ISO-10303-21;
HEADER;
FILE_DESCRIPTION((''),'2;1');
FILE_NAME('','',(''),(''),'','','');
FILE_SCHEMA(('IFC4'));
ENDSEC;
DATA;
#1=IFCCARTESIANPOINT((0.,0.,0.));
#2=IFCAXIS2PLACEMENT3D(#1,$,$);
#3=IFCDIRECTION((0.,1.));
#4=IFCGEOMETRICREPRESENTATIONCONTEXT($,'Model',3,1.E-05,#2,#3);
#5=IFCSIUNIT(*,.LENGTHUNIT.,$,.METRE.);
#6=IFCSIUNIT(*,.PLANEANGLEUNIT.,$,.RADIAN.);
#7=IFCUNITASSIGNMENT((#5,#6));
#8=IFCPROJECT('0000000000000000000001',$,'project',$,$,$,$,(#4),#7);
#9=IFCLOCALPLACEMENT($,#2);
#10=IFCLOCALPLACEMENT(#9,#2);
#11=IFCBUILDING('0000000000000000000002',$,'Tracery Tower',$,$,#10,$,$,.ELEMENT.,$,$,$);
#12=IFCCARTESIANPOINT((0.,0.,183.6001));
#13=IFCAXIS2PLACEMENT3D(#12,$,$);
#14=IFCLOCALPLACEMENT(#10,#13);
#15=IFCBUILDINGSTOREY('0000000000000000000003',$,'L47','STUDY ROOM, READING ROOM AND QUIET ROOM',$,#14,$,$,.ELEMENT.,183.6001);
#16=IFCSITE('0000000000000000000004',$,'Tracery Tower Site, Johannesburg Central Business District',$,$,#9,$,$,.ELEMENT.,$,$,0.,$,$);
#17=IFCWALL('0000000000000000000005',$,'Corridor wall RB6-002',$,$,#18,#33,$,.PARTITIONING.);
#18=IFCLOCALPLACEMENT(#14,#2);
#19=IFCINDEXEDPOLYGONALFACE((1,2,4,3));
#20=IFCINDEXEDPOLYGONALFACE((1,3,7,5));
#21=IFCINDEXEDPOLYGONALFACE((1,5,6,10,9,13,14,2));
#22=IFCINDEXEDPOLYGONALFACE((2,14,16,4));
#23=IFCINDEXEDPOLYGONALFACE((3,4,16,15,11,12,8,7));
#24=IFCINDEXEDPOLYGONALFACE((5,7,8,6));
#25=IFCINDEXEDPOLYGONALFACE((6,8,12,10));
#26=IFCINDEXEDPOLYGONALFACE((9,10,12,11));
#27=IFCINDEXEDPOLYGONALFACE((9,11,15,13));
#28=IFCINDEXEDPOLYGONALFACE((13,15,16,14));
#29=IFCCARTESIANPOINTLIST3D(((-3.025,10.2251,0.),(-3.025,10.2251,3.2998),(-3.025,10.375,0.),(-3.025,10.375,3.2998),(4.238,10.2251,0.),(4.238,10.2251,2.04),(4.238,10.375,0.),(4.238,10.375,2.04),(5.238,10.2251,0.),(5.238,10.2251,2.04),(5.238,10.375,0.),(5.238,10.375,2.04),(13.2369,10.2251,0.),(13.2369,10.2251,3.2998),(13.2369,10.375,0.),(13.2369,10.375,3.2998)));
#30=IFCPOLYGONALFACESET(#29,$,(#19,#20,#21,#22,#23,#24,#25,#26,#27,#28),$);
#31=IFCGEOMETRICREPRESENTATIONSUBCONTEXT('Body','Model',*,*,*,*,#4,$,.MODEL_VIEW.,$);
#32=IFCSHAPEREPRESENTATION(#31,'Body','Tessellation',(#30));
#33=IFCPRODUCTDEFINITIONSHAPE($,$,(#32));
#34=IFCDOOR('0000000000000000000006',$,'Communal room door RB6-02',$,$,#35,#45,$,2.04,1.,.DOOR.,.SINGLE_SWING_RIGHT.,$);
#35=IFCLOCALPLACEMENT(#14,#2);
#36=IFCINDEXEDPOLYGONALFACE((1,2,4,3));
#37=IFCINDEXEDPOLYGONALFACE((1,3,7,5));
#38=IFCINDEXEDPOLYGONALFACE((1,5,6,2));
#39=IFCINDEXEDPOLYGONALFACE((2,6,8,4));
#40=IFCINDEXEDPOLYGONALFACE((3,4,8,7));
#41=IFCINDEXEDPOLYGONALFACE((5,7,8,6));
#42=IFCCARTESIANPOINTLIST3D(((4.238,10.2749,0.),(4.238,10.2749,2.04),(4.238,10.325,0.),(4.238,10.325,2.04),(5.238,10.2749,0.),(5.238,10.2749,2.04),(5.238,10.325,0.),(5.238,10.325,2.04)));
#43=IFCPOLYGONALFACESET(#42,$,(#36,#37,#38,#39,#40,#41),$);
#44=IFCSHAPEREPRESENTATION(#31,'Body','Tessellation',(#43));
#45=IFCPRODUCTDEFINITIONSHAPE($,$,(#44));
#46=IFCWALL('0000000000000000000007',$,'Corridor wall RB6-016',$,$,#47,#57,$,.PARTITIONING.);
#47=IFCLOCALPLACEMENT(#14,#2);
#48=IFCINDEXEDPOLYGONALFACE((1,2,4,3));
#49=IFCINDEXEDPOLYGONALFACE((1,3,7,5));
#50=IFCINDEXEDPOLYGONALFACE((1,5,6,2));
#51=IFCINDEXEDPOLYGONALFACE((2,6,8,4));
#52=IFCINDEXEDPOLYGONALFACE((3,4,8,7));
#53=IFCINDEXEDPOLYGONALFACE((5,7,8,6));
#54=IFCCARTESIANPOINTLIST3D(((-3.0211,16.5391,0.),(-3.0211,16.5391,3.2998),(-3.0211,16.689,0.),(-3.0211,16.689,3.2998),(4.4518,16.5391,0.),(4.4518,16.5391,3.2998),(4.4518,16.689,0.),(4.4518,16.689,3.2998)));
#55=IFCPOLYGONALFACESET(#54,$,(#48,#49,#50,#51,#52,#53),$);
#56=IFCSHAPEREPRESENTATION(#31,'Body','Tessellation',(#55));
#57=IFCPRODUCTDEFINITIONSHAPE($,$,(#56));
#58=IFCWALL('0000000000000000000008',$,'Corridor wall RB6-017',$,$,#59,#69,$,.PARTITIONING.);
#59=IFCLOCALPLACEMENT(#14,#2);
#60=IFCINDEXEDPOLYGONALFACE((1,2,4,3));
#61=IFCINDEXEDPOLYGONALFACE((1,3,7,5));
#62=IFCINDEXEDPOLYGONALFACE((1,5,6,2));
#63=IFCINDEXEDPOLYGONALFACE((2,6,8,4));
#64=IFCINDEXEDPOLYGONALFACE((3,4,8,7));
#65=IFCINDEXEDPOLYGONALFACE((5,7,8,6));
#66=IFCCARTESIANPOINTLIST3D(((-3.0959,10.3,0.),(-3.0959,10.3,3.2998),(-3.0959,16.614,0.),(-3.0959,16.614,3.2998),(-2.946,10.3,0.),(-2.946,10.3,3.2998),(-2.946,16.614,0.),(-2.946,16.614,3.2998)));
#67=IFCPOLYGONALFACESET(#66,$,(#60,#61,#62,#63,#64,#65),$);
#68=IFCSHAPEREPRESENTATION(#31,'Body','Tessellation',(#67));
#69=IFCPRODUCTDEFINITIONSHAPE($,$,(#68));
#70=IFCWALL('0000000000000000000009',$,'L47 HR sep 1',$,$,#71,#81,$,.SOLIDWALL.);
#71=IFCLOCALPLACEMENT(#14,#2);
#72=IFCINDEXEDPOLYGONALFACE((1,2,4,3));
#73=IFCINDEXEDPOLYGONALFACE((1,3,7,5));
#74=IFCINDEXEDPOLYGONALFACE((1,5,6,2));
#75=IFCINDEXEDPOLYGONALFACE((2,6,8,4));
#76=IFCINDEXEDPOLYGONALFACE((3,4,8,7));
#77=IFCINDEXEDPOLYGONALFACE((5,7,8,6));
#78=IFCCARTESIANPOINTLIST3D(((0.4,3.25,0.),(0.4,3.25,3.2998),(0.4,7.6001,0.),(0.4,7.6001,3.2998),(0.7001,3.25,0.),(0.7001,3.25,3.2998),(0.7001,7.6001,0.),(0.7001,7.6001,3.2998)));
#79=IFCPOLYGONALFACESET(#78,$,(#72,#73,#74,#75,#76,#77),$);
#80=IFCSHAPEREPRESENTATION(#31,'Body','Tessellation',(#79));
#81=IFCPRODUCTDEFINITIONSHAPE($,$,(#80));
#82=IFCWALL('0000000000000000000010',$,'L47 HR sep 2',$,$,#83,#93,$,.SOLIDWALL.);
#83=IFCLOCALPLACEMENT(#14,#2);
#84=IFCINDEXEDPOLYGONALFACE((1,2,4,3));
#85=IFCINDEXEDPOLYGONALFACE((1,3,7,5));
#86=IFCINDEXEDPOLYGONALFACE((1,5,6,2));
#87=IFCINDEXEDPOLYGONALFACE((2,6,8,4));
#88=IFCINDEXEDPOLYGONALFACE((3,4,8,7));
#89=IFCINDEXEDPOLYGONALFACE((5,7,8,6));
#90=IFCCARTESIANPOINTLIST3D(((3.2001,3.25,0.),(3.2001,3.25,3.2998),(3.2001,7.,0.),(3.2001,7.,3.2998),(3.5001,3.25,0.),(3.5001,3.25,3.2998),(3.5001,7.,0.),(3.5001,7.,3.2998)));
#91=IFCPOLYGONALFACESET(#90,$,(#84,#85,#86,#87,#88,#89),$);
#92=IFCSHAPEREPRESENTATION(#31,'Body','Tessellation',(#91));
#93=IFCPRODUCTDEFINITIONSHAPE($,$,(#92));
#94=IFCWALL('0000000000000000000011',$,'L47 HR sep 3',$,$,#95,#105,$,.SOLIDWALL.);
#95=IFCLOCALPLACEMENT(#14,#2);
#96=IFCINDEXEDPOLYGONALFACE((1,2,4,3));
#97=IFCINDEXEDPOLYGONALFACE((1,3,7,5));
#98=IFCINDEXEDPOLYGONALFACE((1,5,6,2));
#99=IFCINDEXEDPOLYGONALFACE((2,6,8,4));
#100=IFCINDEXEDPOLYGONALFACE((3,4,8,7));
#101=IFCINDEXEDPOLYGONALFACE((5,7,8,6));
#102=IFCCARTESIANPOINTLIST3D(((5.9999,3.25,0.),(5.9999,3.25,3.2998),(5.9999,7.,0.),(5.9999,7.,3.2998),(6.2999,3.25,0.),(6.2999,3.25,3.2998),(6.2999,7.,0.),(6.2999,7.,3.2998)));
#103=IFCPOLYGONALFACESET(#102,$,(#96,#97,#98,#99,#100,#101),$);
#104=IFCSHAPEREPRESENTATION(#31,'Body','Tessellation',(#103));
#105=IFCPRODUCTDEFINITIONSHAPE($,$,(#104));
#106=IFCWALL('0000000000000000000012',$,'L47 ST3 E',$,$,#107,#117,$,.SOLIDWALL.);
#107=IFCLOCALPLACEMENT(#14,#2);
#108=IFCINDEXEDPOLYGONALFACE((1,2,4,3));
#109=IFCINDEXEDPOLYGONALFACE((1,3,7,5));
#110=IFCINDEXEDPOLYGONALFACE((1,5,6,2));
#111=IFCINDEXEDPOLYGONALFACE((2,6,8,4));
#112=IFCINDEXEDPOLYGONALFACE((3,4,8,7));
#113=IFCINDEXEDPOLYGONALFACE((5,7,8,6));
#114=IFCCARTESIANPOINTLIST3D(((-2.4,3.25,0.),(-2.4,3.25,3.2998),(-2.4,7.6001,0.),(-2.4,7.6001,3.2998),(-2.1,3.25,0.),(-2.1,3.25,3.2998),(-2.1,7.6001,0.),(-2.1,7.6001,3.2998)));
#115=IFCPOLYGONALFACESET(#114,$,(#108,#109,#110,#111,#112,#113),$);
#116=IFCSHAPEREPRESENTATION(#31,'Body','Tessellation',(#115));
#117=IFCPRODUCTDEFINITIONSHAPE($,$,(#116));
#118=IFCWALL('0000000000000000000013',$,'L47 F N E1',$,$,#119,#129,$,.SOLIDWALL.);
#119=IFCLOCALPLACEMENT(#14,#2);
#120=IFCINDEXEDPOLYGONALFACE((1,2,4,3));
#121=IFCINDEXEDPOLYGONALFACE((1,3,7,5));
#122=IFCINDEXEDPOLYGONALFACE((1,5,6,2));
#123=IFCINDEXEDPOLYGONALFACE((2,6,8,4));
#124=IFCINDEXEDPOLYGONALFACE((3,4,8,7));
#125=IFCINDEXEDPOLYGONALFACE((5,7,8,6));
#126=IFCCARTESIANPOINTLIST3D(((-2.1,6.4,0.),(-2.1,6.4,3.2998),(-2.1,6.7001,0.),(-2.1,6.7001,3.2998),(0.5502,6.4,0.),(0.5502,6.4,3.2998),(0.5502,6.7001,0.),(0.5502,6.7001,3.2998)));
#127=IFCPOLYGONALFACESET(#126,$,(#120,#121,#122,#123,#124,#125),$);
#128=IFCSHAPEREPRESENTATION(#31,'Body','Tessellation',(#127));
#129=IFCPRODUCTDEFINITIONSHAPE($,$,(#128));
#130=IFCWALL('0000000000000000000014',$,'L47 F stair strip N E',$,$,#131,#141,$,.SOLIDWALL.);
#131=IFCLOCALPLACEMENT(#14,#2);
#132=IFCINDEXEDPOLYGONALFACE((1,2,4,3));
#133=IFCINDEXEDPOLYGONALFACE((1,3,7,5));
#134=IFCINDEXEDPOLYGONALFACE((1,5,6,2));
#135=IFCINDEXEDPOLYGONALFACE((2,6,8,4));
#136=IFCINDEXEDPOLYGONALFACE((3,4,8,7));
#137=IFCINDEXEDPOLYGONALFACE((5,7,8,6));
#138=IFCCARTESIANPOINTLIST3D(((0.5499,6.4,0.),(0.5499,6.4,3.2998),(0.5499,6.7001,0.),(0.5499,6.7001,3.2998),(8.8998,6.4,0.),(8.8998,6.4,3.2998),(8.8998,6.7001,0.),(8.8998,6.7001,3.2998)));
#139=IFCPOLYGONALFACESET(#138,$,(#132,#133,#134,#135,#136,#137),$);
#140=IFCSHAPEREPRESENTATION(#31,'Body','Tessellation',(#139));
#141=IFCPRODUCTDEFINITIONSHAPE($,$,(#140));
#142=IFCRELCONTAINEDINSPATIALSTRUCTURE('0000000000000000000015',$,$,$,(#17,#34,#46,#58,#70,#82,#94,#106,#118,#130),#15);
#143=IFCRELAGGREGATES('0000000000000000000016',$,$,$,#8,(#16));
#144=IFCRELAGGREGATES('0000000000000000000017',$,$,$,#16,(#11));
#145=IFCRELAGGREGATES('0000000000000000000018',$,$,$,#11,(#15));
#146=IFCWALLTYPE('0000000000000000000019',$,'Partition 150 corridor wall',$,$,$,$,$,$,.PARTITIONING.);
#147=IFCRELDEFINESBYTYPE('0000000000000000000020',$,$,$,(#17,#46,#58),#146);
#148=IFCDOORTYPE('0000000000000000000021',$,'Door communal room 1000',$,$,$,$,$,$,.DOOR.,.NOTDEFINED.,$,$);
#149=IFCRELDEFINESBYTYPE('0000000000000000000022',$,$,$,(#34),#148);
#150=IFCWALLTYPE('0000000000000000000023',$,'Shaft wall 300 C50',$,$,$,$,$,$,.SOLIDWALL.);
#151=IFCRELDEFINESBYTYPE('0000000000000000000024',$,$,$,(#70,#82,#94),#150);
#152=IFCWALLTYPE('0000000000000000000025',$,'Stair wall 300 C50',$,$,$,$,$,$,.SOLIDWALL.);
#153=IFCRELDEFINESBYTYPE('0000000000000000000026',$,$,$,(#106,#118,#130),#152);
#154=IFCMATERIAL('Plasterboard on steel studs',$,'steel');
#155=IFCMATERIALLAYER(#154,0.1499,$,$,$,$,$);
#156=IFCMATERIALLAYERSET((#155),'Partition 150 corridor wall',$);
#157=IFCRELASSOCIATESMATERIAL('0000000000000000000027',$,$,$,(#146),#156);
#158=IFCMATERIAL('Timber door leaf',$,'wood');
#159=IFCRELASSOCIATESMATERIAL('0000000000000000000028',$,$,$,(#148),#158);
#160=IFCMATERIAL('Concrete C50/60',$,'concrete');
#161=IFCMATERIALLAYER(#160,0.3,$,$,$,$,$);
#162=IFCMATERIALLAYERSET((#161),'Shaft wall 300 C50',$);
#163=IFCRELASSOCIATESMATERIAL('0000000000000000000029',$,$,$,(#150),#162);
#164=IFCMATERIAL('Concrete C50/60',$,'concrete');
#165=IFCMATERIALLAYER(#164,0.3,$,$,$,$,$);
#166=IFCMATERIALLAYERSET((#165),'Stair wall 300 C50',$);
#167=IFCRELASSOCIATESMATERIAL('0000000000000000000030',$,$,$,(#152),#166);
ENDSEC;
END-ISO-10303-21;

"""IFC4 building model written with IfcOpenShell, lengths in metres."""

from ifc_helpers import new_model, si_unit, direction, frame, frame_2d, origin, place, context, subcontext, project, spatial, rectangle, extrude, material, layer, layer_set, type_object, element, fill, save


model = new_model("IFC4")

# Units and contexts
model_context = context("Model", 3, precision=1e-05, world=origin(), true_north=direction((0.0, 1.0)))
body_context = subcontext(model_context, "Body", "Model", "MODEL_VIEW")
ifc_project = project(units=[si_unit("LENGTHUNIT", "METRE"), si_unit("PLANEANGLEUNIT", "RADIAN")], contexts=[model_context])

# Site, building, storey
site_placement = place(None, origin())
site = spatial("IfcSite", under=ifc_project, at=site_placement, Name="Tracery Tower Site, Johannesburg Central Business District", CompositionType="ELEMENT", RefElevation=0.0)
building_placement = place(site_placement, origin())
building = spatial("IfcBuilding", under=site, at=building_placement, Name="Tracery Tower", CompositionType="ELEMENT")
storey_placement = place(building_placement, frame((0.0, 0.0, 183.6001)))
storey = spatial("IfcBuildingStorey", under=building, at=storey_placement, Name="L47", Description="STUDY ROOM, READING ROOM AND QUIET ROOM", CompositionType="ELEMENT", Elevation=183.6001)

# Wall, opening, door
ifc_material_1 = material(Name="Plasterboard on steel studs", Category="steel")
ifc_layer_1 = layer(ifc_material_1, 0.1499)
ifc_layer_set_1 = layer_set([ifc_layer_1], Name="Partition 150 corridor wall")
wall_type_1 = type_object("IfcWallType", Name="Partition 150 corridor wall", PredefinedType="PARTITIONING", material=ifc_layer_set_1)
wall_1_placement = place(storey_placement, frame((-3.0249, 10.3, 0.0), z_axis=(0.0, 0.0, 1.0), x_axis=(1.0, 0.0, 0.0)))
wall_1 = element("IfcWall", 1, at=wall_1_placement, inside=storey, type_object=wall_type_1, Name="Corridor wall RB6-002", PredefinedType="PARTITIONING", context=body_context, shape_type="SweptSolid", body=[
    extrude(rectangle(XDim=16.262, YDim=0.1499, at=frame_2d((8.1309, 0.0))), origin(), (0.0, 0.0, 1.0), 3.2998),
])
opening_1_placement = place(wall_1_placement, frame((7.2629, 0.0, 0.0)))
opening_1 = element("IfcOpeningElement", 2, at=opening_1_placement, cuts=wall_1, PredefinedType="OPENING", context=body_context, shape_type="SweptSolid", body=[
    extrude(rectangle(XDim=1.0, YDim=2.04, at=frame_2d((0.5, 1.02))), frame((0.0, 0.075, 0.0), z_axis=(0.0, -1.0, 0.0), x_axis=(1.0, 0.0, 0.0)), (0.0, 0.0, 1.0), 0.1499),
])
ifc_material_2 = material(Name="Timber door leaf", Category="wood")
door_type_1 = type_object("IfcDoorType", Name="Door communal room 1000", OperationType="NOTDEFINED", PredefinedType="DOOR", material=ifc_material_2)
door_1_placement = place(opening_1_placement, origin())
door_1 = element("IfcDoor", 3, at=door_1_placement, inside=storey, type_object=door_type_1, Name="Communal room door RB6-02", OperationType="SINGLE_SWING_RIGHT", OverallHeight=2.04, OverallWidth=1.0, PredefinedType="DOOR", context=body_context, shape_type="SweptSolid", body=[
    extrude(rectangle(XDim=1.0, YDim=2.04, at=frame_2d((0.5, 1.02))), frame((0.0, 0.0249, 0.0), z_axis=(0.0, -1.0, 0.0), x_axis=(1.0, 0.0, 0.0)), (0.0, 0.0, 1.0), 0.05),
])
fill(opening_1, door_1)

# Walls
wall_2_placement = place(storey_placement, frame((-3.021, 16.614, 0.0), z_axis=(0.0, 0.0, 1.0), x_axis=(1.0, 0.0, 0.0)))
element("IfcWall", 4, at=wall_2_placement, inside=storey, type_object=wall_type_1, Name="Corridor wall RB6-016", PredefinedType="PARTITIONING", context=body_context, shape_type="SweptSolid", body=[
    extrude(rectangle(XDim=7.4729, YDim=0.1499, at=frame_2d((3.7363, 0.0))), origin(), (0.0, 0.0, 1.0), 3.2998),
])
wall_3_placement = place(storey_placement, frame((-3.021, 10.3, 0.0), z_axis=(0.0, 0.0, 1.0), x_axis=(0.0, 1.0, 0.0)))
element("IfcWall", 5, at=wall_3_placement, inside=storey, type_object=wall_type_1, Name="Corridor wall RB6-017", PredefinedType="PARTITIONING", context=body_context, shape_type="SweptSolid", body=[
    extrude(rectangle(XDim=6.314, YDim=0.1499, at=frame_2d((3.157, 0.0))), origin(), (0.0, 0.0, 1.0), 3.2998),
])
ifc_material_3 = material(Name="Concrete C50/60", Category="concrete")
ifc_layer_2 = layer(ifc_material_3, 0.3)
ifc_layer_set_2 = layer_set([ifc_layer_2], Name="Shaft wall 300 C50")
wall_type_2 = type_object("IfcWallType", Name="Shaft wall 300 C50", PredefinedType="SOLIDWALL", material=ifc_layer_set_2)
wall_4_placement = place(storey_placement, frame((0.55, 3.25, 0.0), z_axis=(0.0, 0.0, 1.0), x_axis=(0.0, 1.0, 0.0)))
element("IfcWall", 6, at=wall_4_placement, inside=storey, type_object=wall_type_2, Name="L47 HR sep 1", PredefinedType="SOLIDWALL", context=body_context, shape_type="SweptSolid", body=[
    extrude(rectangle(XDim=4.3501, YDim=0.3, at=frame_2d((2.175, 0.0))), origin(), (0.0, 0.0, 1.0), 3.2998),
])
for number, where, z_axis, x_axis, name in (
    (7, (3.3501, 3.25, 0.0), (0.0, 0.0, 1.0), (0.0, 1.0, 0.0), "L47 HR sep 2"),
    (8, (6.1499, 3.25, 0.0), (0.0, 0.0, 1.0), (0.0, 1.0, 0.0), "L47 HR sep 3"),
):
    element("IfcWall", number, at=place(storey_placement, frame(where, z_axis=z_axis, x_axis=x_axis)), inside=storey, type_object=wall_type_2, Name=name, PredefinedType="SOLIDWALL", context=body_context, shape_type="SweptSolid", body=[
        extrude(rectangle(XDim=3.75, YDim=0.3, at=frame_2d((1.875, 0.0))), origin(), (0.0, 0.0, 1.0), 3.2998),
    ])

# Walls
ifc_material_4 = material(Name="Concrete C50/60", Category="concrete")
ifc_layer_3 = layer(ifc_material_4, 0.3)
ifc_layer_set_3 = layer_set([ifc_layer_3], Name="Stair wall 300 C50")
wall_type_3 = type_object("IfcWallType", Name="Stair wall 300 C50", PredefinedType="SOLIDWALL", material=ifc_layer_set_3)
wall_5_placement = place(storey_placement, frame((-2.25, 3.25, 0.0), z_axis=(0.0, 0.0, 1.0), x_axis=(0.0, 1.0, 0.0)))
element("IfcWall", 9, at=wall_5_placement, inside=storey, type_object=wall_type_3, Name="L47 ST3 E", PredefinedType="SOLIDWALL", context=body_context, shape_type="SweptSolid", body=[
    extrude(rectangle(XDim=4.3501, YDim=0.3, at=frame_2d((2.175, 0.0))), origin(), (0.0, 0.0, 1.0), 3.2998),
])
wall_6_placement = place(storey_placement, frame((-2.1001, 6.55, 0.0), z_axis=(0.0, 0.0, 1.0), x_axis=(1.0, 0.0, 0.0)))
element("IfcWall", 10, at=wall_6_placement, inside=storey, type_object=wall_type_3, Name="L47 F N E1", PredefinedType="SOLIDWALL", context=body_context, shape_type="SweptSolid", body=[
    extrude(rectangle(XDim=2.6501, YDim=0.3, at=frame_2d((1.3252, 0.0))), origin(), (0.0, 0.0, 1.0), 3.2998),
])
wall_7_placement = place(storey_placement, frame((0.55, 6.55, 0.0), z_axis=(0.0, 0.0, 1.0), x_axis=(1.0, 0.0, 0.0)))
element("IfcWall", 11, at=wall_7_placement, inside=storey, type_object=wall_type_3, Name="L47 F stair strip N E", PredefinedType="SOLIDWALL", context=body_context, shape_type="SweptSolid", body=[
    extrude(rectangle(XDim=8.3499, YDim=0.3, at=frame_2d((4.1748, 0.0))), origin(), (0.0, 0.0, 1.0), 3.2998),
])

save(model, "model.ifc")
